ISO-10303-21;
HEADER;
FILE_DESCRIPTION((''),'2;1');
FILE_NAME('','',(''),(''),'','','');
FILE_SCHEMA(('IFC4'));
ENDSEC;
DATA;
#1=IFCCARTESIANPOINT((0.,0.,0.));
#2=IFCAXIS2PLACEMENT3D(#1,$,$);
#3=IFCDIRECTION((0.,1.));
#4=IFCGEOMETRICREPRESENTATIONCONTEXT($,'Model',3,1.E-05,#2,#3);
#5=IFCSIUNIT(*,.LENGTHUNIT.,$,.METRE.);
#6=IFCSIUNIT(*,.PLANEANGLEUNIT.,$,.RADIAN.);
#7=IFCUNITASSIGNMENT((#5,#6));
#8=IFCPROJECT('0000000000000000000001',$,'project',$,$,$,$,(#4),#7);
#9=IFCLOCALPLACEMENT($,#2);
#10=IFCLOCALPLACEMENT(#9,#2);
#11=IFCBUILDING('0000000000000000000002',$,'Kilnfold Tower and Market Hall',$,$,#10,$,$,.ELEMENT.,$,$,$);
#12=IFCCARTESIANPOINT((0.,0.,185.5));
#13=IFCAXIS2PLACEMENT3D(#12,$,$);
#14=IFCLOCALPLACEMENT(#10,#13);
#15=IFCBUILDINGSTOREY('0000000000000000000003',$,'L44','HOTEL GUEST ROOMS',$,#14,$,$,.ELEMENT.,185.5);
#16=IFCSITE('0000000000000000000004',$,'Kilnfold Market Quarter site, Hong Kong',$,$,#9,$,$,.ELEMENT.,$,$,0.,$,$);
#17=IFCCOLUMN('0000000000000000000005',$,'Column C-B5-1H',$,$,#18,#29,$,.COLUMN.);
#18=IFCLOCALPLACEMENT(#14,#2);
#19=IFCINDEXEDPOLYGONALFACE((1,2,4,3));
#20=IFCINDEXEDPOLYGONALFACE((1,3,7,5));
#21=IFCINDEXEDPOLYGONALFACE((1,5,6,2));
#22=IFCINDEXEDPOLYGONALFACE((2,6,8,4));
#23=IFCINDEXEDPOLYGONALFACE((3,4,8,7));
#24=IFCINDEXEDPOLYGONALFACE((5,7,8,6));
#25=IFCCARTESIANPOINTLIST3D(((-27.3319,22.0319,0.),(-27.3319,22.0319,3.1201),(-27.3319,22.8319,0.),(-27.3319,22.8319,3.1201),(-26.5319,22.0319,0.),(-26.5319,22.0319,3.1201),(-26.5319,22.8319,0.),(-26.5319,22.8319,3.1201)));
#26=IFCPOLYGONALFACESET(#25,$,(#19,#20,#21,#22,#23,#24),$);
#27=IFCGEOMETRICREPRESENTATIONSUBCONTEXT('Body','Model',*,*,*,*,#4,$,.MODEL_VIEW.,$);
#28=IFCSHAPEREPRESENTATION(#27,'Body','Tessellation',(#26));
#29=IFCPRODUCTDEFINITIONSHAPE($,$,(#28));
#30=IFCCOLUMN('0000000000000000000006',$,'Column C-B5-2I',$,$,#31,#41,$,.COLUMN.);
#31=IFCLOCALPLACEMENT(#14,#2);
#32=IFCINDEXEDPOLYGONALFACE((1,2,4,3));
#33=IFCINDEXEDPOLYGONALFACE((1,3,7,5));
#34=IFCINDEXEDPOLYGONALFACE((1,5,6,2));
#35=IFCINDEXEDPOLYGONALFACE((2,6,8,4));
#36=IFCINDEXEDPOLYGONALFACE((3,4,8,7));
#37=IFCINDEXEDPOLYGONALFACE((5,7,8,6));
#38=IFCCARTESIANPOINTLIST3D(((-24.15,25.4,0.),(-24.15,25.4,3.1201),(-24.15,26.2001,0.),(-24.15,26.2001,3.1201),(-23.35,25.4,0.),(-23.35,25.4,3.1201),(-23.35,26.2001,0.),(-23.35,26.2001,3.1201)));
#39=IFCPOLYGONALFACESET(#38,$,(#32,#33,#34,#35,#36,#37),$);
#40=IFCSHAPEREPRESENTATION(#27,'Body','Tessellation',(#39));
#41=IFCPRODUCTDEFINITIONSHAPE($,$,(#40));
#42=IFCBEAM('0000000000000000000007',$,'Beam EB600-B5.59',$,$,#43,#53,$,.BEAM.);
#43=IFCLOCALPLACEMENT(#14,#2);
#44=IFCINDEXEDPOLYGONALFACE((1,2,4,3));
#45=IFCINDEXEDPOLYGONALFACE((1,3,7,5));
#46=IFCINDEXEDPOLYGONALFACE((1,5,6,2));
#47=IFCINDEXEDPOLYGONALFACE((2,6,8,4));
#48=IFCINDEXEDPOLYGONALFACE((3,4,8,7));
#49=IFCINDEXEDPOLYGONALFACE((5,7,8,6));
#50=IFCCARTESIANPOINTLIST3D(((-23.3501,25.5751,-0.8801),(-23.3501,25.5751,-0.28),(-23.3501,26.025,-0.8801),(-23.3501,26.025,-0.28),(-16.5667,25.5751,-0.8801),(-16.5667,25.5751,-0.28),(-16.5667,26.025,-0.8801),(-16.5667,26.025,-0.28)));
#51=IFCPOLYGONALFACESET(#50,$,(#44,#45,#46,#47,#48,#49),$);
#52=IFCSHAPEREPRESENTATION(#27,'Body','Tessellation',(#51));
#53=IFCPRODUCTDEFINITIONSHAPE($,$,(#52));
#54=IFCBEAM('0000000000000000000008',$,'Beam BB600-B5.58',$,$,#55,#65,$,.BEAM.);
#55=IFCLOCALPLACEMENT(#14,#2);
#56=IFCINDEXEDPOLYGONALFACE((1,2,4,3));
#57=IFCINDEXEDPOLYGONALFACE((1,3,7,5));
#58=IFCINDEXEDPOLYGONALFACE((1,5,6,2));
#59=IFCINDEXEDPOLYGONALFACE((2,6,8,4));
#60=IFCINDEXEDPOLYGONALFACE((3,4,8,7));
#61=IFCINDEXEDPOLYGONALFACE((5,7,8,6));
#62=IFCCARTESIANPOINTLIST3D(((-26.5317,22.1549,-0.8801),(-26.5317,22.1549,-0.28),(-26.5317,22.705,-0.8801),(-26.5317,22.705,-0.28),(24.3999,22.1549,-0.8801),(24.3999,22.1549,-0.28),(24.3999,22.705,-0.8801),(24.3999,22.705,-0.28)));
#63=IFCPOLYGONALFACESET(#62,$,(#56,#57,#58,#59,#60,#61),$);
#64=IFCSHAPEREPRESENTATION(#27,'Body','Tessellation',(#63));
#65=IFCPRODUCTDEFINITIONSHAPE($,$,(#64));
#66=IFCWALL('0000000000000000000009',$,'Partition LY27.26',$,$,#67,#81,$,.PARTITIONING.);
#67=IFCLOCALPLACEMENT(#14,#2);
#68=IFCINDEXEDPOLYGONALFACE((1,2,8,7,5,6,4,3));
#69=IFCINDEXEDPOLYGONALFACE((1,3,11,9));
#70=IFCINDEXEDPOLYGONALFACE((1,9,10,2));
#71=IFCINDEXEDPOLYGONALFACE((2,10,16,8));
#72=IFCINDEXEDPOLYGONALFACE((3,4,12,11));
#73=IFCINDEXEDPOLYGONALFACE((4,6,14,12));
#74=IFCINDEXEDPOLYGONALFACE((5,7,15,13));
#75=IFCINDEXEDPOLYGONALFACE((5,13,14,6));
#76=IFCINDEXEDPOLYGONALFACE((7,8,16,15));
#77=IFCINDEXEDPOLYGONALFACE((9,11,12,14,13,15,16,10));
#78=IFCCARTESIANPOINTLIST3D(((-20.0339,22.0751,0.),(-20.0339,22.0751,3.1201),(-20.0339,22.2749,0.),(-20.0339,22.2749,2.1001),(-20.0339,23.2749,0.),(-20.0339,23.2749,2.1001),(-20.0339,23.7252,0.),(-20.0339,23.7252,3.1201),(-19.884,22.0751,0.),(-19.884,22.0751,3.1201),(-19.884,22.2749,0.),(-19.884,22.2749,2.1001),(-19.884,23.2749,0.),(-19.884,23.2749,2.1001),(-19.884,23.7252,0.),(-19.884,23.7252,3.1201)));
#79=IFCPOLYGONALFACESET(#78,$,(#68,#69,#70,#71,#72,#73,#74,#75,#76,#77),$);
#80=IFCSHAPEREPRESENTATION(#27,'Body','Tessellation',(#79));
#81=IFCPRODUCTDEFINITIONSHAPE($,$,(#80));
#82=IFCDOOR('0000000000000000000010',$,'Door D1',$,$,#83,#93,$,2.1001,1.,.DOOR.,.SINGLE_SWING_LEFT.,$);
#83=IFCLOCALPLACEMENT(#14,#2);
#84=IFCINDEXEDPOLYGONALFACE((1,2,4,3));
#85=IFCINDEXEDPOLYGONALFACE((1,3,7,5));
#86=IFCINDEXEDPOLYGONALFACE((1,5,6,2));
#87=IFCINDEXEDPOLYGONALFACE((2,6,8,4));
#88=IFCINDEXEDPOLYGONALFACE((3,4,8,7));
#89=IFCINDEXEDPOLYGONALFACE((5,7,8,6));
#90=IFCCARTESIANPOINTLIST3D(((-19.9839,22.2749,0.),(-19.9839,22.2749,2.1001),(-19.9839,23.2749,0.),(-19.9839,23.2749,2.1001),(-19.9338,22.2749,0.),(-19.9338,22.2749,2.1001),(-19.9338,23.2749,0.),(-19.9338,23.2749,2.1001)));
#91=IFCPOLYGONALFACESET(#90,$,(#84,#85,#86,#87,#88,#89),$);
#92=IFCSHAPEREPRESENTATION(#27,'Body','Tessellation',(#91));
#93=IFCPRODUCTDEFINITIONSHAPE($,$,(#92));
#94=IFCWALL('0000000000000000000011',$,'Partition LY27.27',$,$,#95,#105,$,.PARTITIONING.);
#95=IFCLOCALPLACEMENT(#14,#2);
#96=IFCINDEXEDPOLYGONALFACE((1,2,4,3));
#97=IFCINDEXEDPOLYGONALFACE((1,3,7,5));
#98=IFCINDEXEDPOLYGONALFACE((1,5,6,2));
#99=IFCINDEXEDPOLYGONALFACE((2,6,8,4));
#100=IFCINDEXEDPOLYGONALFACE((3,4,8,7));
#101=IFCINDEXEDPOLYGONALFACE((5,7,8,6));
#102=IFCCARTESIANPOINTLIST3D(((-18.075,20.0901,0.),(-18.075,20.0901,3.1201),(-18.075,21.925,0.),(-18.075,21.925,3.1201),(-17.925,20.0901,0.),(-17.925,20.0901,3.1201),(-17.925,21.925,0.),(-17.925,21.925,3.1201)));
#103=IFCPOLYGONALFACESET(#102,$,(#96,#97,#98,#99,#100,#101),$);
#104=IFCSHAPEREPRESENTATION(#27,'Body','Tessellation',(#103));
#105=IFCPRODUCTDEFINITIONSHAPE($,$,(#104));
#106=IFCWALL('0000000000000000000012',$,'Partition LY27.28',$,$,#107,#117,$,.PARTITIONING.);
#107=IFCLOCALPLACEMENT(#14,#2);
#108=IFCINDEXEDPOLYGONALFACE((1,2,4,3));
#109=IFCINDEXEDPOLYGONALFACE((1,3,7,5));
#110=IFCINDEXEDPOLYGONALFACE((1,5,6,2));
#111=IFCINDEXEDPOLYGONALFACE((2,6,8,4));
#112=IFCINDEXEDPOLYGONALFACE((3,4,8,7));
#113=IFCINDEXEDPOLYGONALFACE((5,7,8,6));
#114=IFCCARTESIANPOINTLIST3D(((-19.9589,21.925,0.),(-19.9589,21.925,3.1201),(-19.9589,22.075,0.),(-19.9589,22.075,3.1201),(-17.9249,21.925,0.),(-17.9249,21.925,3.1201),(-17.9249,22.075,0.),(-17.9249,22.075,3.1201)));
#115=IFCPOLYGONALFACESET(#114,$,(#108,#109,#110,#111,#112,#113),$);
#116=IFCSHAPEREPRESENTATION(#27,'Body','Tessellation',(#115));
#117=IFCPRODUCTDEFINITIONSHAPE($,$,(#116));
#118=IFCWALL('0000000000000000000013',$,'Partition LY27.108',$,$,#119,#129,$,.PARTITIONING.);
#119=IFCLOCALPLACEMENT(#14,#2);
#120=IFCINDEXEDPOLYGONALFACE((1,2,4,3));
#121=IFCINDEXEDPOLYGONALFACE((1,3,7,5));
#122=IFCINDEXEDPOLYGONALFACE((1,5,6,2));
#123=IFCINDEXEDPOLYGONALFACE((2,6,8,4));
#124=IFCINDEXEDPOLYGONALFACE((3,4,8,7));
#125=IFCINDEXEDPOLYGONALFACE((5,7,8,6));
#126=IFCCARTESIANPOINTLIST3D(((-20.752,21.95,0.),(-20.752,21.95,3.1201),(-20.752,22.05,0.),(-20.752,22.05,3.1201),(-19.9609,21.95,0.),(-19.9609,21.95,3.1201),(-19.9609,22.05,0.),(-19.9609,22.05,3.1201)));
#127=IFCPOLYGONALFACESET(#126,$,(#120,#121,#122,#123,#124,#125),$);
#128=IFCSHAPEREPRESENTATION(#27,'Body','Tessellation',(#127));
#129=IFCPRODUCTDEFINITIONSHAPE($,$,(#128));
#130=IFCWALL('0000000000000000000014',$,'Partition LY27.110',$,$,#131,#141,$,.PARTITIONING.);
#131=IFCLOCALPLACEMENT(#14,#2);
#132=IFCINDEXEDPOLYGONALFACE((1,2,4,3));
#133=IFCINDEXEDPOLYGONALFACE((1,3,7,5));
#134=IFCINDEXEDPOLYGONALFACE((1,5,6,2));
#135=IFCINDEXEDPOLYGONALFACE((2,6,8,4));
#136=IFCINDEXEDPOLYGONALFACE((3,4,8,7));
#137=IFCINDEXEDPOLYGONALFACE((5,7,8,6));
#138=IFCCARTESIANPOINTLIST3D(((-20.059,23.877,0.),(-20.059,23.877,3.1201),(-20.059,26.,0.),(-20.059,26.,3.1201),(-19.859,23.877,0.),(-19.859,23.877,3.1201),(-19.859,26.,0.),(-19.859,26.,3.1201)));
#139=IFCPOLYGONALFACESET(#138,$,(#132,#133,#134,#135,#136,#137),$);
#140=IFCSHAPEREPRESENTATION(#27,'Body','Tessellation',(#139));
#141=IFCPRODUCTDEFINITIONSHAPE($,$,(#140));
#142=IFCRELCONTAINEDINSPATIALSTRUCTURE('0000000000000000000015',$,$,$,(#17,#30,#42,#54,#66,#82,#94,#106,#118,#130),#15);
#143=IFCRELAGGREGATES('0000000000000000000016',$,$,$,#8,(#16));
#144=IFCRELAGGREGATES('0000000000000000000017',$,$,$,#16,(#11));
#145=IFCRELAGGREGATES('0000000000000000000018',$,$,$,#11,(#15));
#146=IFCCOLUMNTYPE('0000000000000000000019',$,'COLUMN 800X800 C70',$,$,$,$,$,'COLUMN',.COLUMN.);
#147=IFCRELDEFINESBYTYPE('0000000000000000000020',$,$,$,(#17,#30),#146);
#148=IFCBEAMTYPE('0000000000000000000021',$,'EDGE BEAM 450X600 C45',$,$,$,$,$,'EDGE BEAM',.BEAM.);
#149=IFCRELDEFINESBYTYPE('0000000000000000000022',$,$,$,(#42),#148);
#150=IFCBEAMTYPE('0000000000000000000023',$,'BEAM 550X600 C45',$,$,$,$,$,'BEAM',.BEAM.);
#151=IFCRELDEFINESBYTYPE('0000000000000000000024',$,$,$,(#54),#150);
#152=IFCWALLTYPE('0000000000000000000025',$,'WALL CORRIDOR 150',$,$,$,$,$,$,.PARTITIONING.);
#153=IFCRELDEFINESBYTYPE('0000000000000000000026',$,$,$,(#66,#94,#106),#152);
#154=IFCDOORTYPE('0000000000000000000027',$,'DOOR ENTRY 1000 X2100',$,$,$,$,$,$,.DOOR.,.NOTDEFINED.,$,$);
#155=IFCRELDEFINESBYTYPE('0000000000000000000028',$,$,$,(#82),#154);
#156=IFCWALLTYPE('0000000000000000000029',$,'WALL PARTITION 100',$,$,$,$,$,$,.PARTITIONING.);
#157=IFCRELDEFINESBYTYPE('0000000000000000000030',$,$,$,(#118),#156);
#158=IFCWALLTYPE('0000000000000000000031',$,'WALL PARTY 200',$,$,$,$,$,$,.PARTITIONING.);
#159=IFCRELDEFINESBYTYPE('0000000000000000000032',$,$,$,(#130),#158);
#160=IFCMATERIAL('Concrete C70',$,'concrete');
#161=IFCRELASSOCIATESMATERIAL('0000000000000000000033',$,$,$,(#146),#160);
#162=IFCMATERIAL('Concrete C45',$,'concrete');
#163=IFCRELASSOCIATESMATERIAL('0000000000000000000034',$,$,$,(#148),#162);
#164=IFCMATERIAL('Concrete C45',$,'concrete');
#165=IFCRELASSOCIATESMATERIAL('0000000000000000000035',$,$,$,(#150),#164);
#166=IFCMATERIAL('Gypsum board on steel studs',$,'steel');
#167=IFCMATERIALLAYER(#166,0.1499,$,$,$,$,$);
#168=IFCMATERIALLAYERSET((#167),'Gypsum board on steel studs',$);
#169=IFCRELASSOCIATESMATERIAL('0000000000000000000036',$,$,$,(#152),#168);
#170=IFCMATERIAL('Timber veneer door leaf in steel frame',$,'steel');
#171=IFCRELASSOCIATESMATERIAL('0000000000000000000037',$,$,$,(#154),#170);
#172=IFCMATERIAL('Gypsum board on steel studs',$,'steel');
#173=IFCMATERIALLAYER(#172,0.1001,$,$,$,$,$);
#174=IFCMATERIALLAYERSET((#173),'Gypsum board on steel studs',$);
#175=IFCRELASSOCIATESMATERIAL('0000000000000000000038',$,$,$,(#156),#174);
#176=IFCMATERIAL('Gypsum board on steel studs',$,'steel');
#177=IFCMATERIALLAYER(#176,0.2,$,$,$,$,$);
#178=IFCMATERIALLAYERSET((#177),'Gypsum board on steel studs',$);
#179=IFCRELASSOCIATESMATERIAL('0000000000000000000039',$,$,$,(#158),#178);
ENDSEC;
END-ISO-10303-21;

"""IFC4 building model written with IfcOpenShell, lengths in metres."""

from ifc_helpers import new_model, si_unit, direction, frame, frame_2d, origin, origin_2d, place, context, subcontext, project, spatial, rectangle, extrude, source, transform, mapped, material, layer, layer_set, material_profile, profile_set, type_object, element, fill, save


model = new_model("IFC4")

# Units and contexts
model_context = context("Model", 3, precision=1e-05, world=origin(), true_north=direction((0.0, 1.0)))
body_context = subcontext(model_context, "Body", "Model", "MODEL_VIEW")
ifc_project = project(units=[si_unit("LENGTHUNIT", "METRE"), si_unit("PLANEANGLEUNIT", "RADIAN")], contexts=[model_context])

# Site, building, storey
site_placement = place(None, origin())
site = spatial("IfcSite", under=ifc_project, at=site_placement, Name="Kilnfold Market Quarter site, Hong Kong", CompositionType="ELEMENT", RefElevation=0.0)
building_placement = place(site_placement, origin())
building = spatial("IfcBuilding", under=site, at=building_placement, Name="Kilnfold Tower and Market Hall", CompositionType="ELEMENT")
storey_placement = place(building_placement, frame((0.0, 0.0, 185.5)))
storey = spatial("IfcBuildingStorey", under=building, at=storey_placement, Name="L44", Description="HOTEL GUEST ROOMS", CompositionType="ELEMENT", Elevation=185.5)

# Columns
ifc_material_1 = material(Name="Concrete C70", Category="concrete")
ifc_material_profile_1 = material_profile(ifc_material_1, rectangle(XDim=0.8, YDim=0.8, at=origin_2d()), Name="RC 800x800")
ifc_profile_set_1 = profile_set([ifc_material_profile_1], Name="Concrete C70")
column_type = type_object("IfcColumnType", Name="COLUMN 800X800 C70", ElementType="COLUMN", PredefinedType="COLUMN", material=ifc_profile_set_1)
shared_shape_1 = source(origin(), body_context, "Body", "SweptSolid", [
    extrude(rectangle(XDim=0.8, YDim=0.8, at=origin_2d()), origin(), (0.0, 0.0, 1.0), 3.1201),
])
for number, where, z_axis, x_axis, name in (
    (1, (-26.9319, 22.4319, 0.0), (0.0, 0.0, 1.0), (1.0, 0.0, 0.0), "Column C-B5-1H"),
    (2, (-23.75, 25.8, 0.0), (0.0, 0.0, 1.0), (1.0, 0.0, 0.0), "Column C-B5-2I"),
):
    element("IfcColumn", number, at=place(storey_placement, frame(where, z_axis=z_axis, x_axis=x_axis)), inside=storey, type_object=column_type, Name=name, PredefinedType="COLUMN", context=body_context, shape_type="MappedRepresentation", body=[
        mapped(shared_shape_1, transform((0.0, 0.0, 0.0))),
    ])

# Beams
ifc_material_2 = material(Name="Concrete C45", Category="concrete")
ifc_material_profile_2 = material_profile(ifc_material_2, rectangle(XDim=0.45, YDim=0.6001, at=origin_2d()), Name="RC 450x600")
ifc_profile_set_2 = profile_set([ifc_material_profile_2], Name="Concrete C45")
beam_type_1 = type_object("IfcBeamType", Name="EDGE BEAM 450X600 C45", ElementType="EDGE BEAM", PredefinedType="BEAM", material=ifc_profile_set_2)
shared_shape_2 = source(origin(), body_context, "Body", "SweptSolid", [
    extrude(rectangle(XDim=0.45, YDim=0.6001, at=origin_2d()), origin(), (0.0, 0.0, 1.0), 6.7834),
])
beam_1_placement = place(storey_placement, frame((-23.3501, 25.8, -0.5801), z_axis=(1.0, 0.0, 0.0), x_axis=(0.0, 1.0, 0.0)))
element("IfcBeam", 3, at=beam_1_placement, inside=storey, type_object=beam_type_1, Name="Beam EB600-B5.59", PredefinedType="BEAM", context=body_context, shape_type="MappedRepresentation", body=[
    mapped(shared_shape_2, transform((0.0, 0.0, 0.0))),
])
ifc_material_3 = material(Name="Concrete C45", Category="concrete")
ifc_material_profile_3 = material_profile(ifc_material_3, rectangle(XDim=0.55, YDim=0.6001, at=origin_2d()), Name="RC 550x600")
ifc_profile_set_3 = profile_set([ifc_material_profile_3], Name="Concrete C45")
beam_type_2 = type_object("IfcBeamType", Name="BEAM 550X600 C45", ElementType="BEAM", PredefinedType="BEAM", material=ifc_profile_set_3)
shared_shape_3 = source(origin(), body_context, "Body", "SweptSolid", [
    extrude(rectangle(XDim=0.55, YDim=0.6001, at=origin_2d()), origin(), (0.0, 0.0, 1.0), 50.9316),
])
beam_2_placement = place(storey_placement, frame((-26.5317, 22.4299, -0.5801), z_axis=(1.0, 0.0, 0.0), x_axis=(0.0, 1.0, 0.0)))
element("IfcBeam", 4, at=beam_2_placement, inside=storey, type_object=beam_type_2, Name="Beam BB600-B5.58", PredefinedType="BEAM", context=body_context, shape_type="MappedRepresentation", body=[
    mapped(shared_shape_3, transform((0.0, 0.0, 0.0))),
])

# Wall, opening, door
ifc_material_4 = material(Name="Gypsum board on steel studs", Category="steel")
ifc_layer_1 = layer(ifc_material_4, 0.1499)
ifc_layer_set_1 = layer_set([ifc_layer_1], Name="Gypsum board on steel studs")
wall_type_1 = type_object("IfcWallType", Name="WALL CORRIDOR 150", PredefinedType="PARTITIONING", material=ifc_layer_set_1)
wall_1_placement = place(storey_placement, frame((-19.959, 22.075, 0.0), z_axis=(0.0, 0.0, 1.0), x_axis=(0.0, 1.0, 0.0)))
wall_1 = element("IfcWall", 5, at=wall_1_placement, inside=storey, type_object=wall_type_1, Name="Partition LY27.26", PredefinedType="PARTITIONING", context=body_context, shape_type="SweptSolid", body=[
    extrude(rectangle(XDim=1.6501, YDim=0.1499, at=frame_2d((0.8252, 0.0))), origin(), (0.0, 0.0, 1.0), 3.1201),
])
opening_1_placement = place(wall_1_placement, frame((0.2, 0.0, 0.0)))
opening_1 = element("IfcOpeningElement", 6, at=opening_1_placement, cuts=wall_1, PredefinedType="OPENING", context=body_context, shape_type="SweptSolid", body=[
    extrude(rectangle(XDim=1.0, YDim=2.1001, at=frame_2d((0.5, 1.05))), frame((0.0, 0.085, 0.0), z_axis=(0.0, -1.0, 0.0), x_axis=(1.0, 0.0, 0.0)), (0.0, 0.0, 1.0), 0.1699),
])
ifc_material_5 = material(Name="Timber veneer door leaf in steel frame", Category="steel")
door_type = type_object("IfcDoorType", Name="DOOR ENTRY 1000 X2100", OperationType="NOTDEFINED", PredefinedType="DOOR", material=ifc_material_5)
door_placement = place(opening_1_placement, origin())
door = element("IfcDoor", 7, at=door_placement, inside=storey, type_object=door_type, Name="Door D1", OperationType="SINGLE_SWING_LEFT", OverallHeight=2.1001, OverallWidth=1.0, PredefinedType="DOOR", context=body_context, shape_type="SweptSolid", body=[
    extrude(rectangle(XDim=1.0, YDim=2.1001, at=frame_2d((0.5, 1.05))), frame((0.0, 0.0249, 0.0), z_axis=(0.0, -1.0, 0.0), x_axis=(1.0, 0.0, 0.0)), (0.0, 0.0, 1.0), 0.05),
])
fill(opening_1, door)

# Walls
wall_2_placement = place(storey_placement, frame((-18.0, 20.0901, 0.0), z_axis=(0.0, 0.0, 1.0), x_axis=(0.0, 1.0, 0.0)))
element("IfcWall", 8, at=wall_2_placement, inside=storey, type_object=wall_type_1, Name="Partition LY27.27", PredefinedType="PARTITIONING", context=body_context, shape_type="SweptSolid", body=[
    extrude(rectangle(XDim=1.835, YDim=0.1499, at=frame_2d((0.9175, 0.0))), origin(), (0.0, 0.0, 1.0), 3.1201),
])
wall_3_placement = place(storey_placement, frame((-19.959, 22.0, 0.0), z_axis=(0.0, 0.0, 1.0), x_axis=(1.0, 0.0, 0.0)))
element("IfcWall", 9, at=wall_3_placement, inside=storey, type_object=wall_type_1, Name="Partition LY27.28", PredefinedType="PARTITIONING", context=body_context, shape_type="SweptSolid", body=[
    extrude(rectangle(XDim=2.0339, YDim=0.1499, at=frame_2d((1.0171, 0.0))), origin(), (0.0, 0.0, 1.0), 3.1201),
])
ifc_material_6 = material(Name="Gypsum board on steel studs", Category="steel")
ifc_layer_2 = layer(ifc_material_6, 0.1001)
ifc_layer_set_2 = layer_set([ifc_layer_2], Name="Gypsum board on steel studs")
wall_type_2 = type_object("IfcWallType", Name="WALL PARTITION 100", PredefinedType="PARTITIONING", material=ifc_layer_set_2)
wall_4_placement = place(storey_placement, frame((-20.752, 22.0, 0.0), z_axis=(0.0, 0.0, 1.0), x_axis=(1.0, 0.0, 0.0)))
element("IfcWall", 10, at=wall_4_placement, inside=storey, type_object=wall_type_2, Name="Partition LY27.108", PredefinedType="PARTITIONING", context=body_context, shape_type="SweptSolid", body=[
    extrude(rectangle(XDim=0.791, YDim=0.1001, at=frame_2d((0.3955, 0.0))), origin(), (0.0, 0.0, 1.0), 3.1201),
])
ifc_material_7 = material(Name="Gypsum board on steel studs", Category="steel")
ifc_layer_3 = layer(ifc_material_7, 0.2)
ifc_layer_set_3 = layer_set([ifc_layer_3], Name="Gypsum board on steel studs")
wall_type_3 = type_object("IfcWallType", Name="WALL PARTY 200", PredefinedType="PARTITIONING", material=ifc_layer_set_3)
wall_5_placement = place(storey_placement, frame((-19.959, 23.877, 0.0), z_axis=(0.0, 0.0, 1.0), x_axis=(0.0, 1.0, 0.0)))
element("IfcWall", 11, at=wall_5_placement, inside=storey, type_object=wall_type_3, Name="Partition LY27.110", PredefinedType="PARTITIONING", context=body_context, shape_type="SweptSolid", body=[
    extrude(rectangle(XDim=2.123, YDim=0.2, at=frame_2d((1.0615, 0.0))), origin(), (0.0, 0.0, 1.0), 3.1201),
])

save(model, "model.ifc")
